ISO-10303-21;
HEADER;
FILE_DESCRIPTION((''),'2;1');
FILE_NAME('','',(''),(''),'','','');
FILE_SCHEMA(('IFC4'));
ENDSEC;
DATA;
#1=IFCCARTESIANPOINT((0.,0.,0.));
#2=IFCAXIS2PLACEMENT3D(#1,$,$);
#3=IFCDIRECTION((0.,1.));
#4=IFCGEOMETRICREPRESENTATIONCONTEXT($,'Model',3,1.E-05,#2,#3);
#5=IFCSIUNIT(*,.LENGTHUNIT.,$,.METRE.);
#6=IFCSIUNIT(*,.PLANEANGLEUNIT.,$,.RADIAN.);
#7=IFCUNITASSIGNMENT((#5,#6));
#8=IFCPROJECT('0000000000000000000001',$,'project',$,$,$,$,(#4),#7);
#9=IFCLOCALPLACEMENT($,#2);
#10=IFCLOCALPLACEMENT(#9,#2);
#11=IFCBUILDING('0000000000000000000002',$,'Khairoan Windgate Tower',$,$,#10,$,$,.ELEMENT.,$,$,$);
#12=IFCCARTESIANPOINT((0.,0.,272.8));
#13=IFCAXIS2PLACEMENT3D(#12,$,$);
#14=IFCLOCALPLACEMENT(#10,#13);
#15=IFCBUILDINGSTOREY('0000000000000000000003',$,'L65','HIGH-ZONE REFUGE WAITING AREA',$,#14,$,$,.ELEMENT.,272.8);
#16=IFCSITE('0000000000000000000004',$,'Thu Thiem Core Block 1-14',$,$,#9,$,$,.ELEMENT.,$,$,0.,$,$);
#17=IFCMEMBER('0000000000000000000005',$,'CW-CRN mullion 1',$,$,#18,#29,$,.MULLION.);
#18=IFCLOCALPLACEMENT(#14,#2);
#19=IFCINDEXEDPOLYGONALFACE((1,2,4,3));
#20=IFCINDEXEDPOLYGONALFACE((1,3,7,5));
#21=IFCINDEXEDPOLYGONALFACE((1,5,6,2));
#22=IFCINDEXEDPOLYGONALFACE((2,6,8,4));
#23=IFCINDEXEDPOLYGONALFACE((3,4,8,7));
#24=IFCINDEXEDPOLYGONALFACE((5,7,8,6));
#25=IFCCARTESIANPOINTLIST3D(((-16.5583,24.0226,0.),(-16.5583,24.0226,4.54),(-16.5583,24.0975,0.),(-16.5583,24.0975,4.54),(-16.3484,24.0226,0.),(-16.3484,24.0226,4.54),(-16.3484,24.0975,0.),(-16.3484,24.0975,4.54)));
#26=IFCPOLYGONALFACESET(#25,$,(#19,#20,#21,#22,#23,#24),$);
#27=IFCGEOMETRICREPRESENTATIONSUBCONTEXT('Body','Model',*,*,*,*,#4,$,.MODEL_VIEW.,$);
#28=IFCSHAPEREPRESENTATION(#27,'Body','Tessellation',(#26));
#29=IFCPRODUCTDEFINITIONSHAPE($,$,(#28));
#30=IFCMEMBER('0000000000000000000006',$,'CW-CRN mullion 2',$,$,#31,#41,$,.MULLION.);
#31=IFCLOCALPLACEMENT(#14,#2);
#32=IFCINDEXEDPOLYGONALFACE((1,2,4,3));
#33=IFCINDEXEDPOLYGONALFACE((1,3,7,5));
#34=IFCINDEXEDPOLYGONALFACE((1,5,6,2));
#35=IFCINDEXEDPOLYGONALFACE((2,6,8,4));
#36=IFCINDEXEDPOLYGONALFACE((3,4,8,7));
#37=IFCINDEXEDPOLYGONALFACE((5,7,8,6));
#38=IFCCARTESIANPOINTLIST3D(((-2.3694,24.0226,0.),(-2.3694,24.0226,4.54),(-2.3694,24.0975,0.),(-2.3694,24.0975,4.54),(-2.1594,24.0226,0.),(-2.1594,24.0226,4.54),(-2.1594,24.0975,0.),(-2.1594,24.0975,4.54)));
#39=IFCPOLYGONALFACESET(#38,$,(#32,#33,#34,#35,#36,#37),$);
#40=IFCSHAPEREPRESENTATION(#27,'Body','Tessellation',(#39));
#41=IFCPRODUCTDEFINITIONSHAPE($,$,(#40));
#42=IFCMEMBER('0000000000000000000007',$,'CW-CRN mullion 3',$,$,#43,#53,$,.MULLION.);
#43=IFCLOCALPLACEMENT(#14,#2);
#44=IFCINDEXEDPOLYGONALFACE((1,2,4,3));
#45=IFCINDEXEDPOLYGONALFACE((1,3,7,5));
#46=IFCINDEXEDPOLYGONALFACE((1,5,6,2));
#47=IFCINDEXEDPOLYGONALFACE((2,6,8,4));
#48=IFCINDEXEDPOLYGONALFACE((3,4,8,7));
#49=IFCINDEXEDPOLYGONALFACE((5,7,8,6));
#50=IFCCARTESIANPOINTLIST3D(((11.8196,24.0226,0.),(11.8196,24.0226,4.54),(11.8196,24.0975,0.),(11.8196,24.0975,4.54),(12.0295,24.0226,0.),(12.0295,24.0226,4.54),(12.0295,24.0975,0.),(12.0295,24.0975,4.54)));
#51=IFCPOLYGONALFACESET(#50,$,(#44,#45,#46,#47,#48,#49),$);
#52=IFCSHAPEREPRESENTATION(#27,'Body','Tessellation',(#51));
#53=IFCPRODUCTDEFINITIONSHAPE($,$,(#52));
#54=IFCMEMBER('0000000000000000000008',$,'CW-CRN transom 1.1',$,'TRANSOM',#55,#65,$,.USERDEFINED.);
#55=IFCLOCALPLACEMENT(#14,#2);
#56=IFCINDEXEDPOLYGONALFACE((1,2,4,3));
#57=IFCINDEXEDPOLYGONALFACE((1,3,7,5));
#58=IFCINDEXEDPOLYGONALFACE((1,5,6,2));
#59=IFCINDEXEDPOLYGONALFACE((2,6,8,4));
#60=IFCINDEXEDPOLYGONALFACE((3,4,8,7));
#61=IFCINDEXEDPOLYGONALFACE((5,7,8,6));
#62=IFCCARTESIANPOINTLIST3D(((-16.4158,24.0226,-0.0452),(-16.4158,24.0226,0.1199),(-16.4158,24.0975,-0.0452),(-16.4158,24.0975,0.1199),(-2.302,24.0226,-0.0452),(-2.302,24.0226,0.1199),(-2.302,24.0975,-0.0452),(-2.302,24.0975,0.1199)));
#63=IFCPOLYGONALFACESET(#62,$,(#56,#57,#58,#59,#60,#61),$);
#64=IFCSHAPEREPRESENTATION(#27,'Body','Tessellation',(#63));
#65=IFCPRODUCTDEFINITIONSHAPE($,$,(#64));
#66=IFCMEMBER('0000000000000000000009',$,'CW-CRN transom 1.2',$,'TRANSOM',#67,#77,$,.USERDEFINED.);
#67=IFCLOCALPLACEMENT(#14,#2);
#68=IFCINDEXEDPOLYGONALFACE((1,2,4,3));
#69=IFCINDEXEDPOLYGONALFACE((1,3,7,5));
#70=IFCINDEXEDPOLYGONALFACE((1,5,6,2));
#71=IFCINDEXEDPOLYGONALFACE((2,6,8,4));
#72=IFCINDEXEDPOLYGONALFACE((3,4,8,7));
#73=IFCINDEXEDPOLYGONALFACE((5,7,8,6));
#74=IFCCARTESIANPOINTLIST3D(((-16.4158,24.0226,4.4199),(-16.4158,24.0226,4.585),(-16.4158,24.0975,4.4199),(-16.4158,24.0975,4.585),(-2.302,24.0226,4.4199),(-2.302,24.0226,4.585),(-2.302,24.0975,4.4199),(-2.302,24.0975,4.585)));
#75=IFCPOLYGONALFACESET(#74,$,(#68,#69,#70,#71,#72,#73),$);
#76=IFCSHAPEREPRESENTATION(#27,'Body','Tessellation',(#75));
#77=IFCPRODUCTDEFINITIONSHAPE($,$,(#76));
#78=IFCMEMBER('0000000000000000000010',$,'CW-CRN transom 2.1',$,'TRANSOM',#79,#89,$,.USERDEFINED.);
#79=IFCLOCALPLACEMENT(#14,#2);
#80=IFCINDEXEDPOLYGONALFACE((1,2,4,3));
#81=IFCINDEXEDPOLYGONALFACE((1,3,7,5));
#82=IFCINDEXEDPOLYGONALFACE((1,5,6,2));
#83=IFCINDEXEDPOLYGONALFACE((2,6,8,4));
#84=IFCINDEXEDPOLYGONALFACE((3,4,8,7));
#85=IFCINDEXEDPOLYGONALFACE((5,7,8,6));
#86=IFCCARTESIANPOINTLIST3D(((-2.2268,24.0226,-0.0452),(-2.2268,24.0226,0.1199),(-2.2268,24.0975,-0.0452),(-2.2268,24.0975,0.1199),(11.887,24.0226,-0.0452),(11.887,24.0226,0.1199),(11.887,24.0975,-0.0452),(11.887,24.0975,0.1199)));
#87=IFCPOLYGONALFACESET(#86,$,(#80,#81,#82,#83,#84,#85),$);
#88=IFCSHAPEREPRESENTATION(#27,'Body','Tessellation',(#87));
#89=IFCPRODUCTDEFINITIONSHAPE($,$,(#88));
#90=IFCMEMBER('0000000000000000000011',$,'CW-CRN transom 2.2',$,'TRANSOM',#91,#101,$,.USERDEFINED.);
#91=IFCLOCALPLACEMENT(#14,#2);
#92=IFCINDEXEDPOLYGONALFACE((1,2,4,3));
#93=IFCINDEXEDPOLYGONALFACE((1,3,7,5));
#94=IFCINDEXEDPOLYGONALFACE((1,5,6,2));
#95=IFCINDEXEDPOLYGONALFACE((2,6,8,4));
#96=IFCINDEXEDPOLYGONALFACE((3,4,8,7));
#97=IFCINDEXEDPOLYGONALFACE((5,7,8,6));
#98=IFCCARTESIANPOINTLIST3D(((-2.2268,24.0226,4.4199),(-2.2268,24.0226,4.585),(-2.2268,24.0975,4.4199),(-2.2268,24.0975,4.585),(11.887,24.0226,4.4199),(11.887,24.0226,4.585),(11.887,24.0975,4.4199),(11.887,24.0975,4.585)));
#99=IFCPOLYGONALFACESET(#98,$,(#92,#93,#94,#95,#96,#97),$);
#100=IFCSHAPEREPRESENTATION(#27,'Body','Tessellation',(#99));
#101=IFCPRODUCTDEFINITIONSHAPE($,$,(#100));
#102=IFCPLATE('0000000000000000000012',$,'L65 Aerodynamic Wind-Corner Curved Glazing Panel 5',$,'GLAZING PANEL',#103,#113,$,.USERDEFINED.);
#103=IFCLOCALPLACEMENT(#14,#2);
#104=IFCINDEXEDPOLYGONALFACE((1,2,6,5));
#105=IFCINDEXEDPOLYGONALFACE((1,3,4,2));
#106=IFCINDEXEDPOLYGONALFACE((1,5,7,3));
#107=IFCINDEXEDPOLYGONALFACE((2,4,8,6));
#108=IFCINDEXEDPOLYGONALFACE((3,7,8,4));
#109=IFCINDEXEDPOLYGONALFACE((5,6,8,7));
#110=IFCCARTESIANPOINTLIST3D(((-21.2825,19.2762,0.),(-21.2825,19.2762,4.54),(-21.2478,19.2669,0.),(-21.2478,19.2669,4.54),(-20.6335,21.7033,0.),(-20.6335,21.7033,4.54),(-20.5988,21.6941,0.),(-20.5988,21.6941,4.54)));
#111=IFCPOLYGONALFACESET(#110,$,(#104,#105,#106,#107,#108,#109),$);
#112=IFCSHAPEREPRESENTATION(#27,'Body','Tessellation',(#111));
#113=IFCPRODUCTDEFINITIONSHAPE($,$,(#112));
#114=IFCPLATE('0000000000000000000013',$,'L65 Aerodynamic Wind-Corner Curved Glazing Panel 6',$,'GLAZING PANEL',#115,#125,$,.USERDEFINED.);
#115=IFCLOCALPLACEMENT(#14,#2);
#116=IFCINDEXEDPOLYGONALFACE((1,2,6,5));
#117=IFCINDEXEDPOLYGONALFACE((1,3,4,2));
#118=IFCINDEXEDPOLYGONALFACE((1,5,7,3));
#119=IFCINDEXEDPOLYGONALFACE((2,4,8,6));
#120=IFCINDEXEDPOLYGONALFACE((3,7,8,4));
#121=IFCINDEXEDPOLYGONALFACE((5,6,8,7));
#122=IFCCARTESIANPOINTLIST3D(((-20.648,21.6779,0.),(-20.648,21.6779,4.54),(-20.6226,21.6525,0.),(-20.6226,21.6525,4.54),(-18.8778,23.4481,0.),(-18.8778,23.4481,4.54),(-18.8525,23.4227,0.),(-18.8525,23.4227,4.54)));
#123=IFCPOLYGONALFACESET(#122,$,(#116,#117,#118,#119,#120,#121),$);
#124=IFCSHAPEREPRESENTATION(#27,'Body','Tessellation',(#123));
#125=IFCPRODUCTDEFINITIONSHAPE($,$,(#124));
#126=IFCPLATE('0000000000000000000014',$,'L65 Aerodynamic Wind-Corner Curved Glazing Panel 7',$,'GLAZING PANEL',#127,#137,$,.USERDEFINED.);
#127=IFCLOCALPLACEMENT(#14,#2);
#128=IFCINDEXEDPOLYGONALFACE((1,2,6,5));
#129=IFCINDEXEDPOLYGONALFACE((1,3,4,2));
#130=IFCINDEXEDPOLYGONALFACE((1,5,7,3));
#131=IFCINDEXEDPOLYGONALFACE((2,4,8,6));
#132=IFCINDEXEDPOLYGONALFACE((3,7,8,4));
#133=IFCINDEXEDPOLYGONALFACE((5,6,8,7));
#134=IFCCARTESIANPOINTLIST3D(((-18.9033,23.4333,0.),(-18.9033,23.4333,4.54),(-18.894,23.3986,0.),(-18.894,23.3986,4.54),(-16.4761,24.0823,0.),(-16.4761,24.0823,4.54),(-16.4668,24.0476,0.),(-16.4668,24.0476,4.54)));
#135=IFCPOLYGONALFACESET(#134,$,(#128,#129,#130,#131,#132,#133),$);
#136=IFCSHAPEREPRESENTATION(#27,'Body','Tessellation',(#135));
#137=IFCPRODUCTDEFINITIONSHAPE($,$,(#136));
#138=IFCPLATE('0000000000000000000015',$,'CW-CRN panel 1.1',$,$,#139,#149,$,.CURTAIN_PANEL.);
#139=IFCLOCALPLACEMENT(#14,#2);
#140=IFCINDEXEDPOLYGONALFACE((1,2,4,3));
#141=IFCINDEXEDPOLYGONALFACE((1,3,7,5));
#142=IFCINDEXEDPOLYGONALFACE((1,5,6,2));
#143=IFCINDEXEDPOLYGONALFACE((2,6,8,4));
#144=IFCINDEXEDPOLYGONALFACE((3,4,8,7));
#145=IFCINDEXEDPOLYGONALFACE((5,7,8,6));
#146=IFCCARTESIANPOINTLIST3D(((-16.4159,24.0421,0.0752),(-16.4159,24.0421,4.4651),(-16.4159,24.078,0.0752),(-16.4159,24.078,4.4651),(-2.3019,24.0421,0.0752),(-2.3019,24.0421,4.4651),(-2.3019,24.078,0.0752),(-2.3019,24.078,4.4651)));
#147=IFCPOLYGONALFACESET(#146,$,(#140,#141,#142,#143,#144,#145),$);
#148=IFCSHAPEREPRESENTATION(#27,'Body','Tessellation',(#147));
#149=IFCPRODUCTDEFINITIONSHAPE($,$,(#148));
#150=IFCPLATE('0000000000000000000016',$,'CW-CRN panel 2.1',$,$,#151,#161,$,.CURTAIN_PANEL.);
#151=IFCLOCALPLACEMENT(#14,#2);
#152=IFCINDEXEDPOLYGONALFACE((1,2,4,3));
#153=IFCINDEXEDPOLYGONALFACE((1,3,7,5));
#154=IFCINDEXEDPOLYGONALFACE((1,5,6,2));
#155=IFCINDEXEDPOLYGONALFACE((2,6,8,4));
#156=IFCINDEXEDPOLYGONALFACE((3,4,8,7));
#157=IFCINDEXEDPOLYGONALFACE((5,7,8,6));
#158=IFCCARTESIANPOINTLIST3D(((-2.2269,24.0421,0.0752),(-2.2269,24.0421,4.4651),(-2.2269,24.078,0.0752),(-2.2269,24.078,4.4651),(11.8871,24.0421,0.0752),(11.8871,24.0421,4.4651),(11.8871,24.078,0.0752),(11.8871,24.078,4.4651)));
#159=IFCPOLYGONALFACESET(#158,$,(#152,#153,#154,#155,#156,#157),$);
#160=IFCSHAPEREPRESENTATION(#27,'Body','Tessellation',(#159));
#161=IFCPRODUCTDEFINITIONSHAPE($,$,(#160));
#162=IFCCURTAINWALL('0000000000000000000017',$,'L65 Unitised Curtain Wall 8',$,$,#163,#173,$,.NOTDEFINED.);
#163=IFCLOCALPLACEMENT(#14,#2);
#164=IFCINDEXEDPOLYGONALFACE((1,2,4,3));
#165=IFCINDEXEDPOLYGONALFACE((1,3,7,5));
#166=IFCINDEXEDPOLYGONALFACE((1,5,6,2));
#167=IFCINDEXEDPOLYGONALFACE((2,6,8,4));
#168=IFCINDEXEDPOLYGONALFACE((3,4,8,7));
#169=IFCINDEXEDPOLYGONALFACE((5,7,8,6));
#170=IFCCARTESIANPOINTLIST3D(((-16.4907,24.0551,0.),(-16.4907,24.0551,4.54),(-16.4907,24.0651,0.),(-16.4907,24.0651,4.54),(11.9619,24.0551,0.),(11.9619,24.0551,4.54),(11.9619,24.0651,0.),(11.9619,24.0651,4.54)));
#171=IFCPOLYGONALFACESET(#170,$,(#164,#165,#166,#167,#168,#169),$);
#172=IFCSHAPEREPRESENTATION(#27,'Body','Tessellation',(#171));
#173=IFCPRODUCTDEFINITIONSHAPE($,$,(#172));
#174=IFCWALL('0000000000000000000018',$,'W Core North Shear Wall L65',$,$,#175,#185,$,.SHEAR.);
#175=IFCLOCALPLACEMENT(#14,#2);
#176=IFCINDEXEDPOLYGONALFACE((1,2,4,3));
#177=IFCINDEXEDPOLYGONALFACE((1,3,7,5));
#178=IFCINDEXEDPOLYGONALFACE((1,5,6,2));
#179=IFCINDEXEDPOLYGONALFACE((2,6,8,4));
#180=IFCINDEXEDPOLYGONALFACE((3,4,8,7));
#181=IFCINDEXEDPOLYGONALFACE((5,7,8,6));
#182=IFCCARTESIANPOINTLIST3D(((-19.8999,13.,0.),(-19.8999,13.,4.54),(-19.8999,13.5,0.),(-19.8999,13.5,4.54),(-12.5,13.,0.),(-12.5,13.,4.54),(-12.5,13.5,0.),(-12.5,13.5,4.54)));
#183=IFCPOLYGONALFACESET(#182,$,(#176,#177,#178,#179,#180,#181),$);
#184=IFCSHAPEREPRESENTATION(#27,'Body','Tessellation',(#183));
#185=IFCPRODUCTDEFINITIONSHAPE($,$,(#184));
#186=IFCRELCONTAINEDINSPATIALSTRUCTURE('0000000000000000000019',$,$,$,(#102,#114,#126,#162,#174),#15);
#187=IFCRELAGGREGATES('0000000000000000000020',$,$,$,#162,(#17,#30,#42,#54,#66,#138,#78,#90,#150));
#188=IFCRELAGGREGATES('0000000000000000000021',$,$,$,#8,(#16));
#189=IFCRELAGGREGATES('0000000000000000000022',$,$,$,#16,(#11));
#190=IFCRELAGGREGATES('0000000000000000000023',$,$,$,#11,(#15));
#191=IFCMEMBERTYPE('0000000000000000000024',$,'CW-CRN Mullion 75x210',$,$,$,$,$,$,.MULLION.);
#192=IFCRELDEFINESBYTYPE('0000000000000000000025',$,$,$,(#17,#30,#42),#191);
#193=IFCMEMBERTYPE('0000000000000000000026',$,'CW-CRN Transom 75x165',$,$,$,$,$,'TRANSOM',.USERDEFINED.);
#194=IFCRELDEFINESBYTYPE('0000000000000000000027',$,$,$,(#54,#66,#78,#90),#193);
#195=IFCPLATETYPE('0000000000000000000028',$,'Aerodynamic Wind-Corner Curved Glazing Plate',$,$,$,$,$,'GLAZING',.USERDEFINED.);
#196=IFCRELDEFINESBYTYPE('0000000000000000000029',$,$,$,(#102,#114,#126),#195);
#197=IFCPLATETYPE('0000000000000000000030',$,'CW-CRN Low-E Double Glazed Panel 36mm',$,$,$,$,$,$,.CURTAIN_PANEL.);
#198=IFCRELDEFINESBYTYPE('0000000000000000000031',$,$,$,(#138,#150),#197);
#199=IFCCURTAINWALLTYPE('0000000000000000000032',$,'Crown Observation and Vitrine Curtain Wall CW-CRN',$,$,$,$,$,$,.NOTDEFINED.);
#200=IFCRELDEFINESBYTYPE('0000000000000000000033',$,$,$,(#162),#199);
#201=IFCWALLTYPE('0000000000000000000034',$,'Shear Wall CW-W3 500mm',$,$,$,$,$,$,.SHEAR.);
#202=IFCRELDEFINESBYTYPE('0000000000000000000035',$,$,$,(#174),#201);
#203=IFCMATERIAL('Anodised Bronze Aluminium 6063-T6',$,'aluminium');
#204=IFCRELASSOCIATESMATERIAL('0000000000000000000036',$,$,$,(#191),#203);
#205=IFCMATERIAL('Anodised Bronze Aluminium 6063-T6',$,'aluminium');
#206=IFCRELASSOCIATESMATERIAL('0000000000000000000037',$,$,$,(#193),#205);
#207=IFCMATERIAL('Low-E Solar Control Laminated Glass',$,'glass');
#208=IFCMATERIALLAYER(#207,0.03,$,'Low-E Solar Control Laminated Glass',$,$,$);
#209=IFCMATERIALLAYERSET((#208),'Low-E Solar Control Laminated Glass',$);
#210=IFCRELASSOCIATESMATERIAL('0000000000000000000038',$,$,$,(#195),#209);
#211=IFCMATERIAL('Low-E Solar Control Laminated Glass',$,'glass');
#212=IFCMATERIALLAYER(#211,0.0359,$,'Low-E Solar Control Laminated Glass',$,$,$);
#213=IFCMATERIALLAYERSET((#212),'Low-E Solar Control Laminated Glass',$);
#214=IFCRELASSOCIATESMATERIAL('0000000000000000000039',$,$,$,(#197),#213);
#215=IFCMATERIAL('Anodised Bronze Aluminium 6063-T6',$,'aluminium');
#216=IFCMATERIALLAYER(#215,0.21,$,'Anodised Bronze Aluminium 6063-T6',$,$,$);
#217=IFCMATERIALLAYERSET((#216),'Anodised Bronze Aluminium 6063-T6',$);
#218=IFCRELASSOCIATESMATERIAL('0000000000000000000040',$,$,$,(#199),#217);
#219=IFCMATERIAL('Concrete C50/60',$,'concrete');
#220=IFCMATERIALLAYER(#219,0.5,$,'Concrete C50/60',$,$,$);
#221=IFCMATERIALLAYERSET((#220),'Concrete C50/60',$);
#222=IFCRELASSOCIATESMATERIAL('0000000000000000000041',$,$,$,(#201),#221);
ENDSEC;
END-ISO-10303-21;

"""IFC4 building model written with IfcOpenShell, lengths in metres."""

from ifc_helpers import new_model, si_unit, direction, frame, frame_2d, origin, origin_2d, place, context, subcontext, project, spatial, rectangle, extrude, material, layer, layer_set, material_profile, profile_set, type_object, element, aggregate, save


model = new_model("IFC4")

# Units and contexts
model_context = context("Model", 3, precision=1e-05, world=origin(), true_north=direction((0.0, 1.0)))
body_context = subcontext(model_context, "Body", "Model", "MODEL_VIEW")
ifc_project = project(units=[si_unit("LENGTHUNIT", "METRE"), si_unit("PLANEANGLEUNIT", "RADIAN")], contexts=[model_context])

# Site, building, storey
site_placement = place(None, origin())
site = spatial("IfcSite", under=ifc_project, at=site_placement, Name="Thu Thiem Core Block 1-14", CompositionType="ELEMENT", RefElevation=0.0)
building_placement = place(site_placement, origin())
building = spatial("IfcBuilding", under=site, at=building_placement, Name="Khairoan Windgate Tower", CompositionType="ELEMENT")
storey_placement = place(building_placement, frame((0.0, 0.0, 272.8)))
storey = spatial("IfcBuildingStorey", under=building, at=storey_placement, Name="L65", Description="HIGH-ZONE REFUGE WAITING AREA", CompositionType="ELEMENT", Elevation=272.8)

# Members
ifc_material_1 = material(Name="Anodised Bronze Aluminium 6063-T6", Category="aluminium")
ifc_material_profile_1 = material_profile(ifc_material_1, rectangle(XDim=0.075, YDim=0.21, at=origin_2d()))
ifc_profile_set_1 = profile_set([ifc_material_profile_1], Name="Anodised Bronze Aluminium 6063-T6")
member_type_1 = type_object("IfcMemberType", Name="CW-CRN Mullion 75x210", PredefinedType="MULLION", material=ifc_profile_set_1)
member_1_placement = place(storey_placement, frame((-16.4534, 24.0601, 0.0), z_axis=(0.0, 0.0, 1.0), x_axis=(0.0, 1.0, 0.0)))
member_1 = element("IfcMember", 1, at=member_1_placement, type_object=member_type_1, Name="CW-CRN mullion 1", PredefinedType="MULLION", context=body_context, shape_type="SweptSolid", body=[
    extrude(rectangle(XDim=0.075, YDim=0.21, at=origin_2d()), origin(), (0.0, 0.0, 1.0), 4.54),
])
member_2_placement = place(storey_placement, frame((-2.2644, 24.0601, 0.0), z_axis=(0.0, 0.0, 1.0), x_axis=(0.0, 1.0, 0.0)))
member_2 = element("IfcMember", 2, at=member_2_placement, type_object=member_type_1, Name="CW-CRN mullion 2", PredefinedType="MULLION", context=body_context, shape_type="SweptSolid", body=[
    extrude(rectangle(XDim=0.075, YDim=0.21, at=origin_2d()), origin(), (0.0, 0.0, 1.0), 4.54),
])
member_3_placement = place(storey_placement, frame((11.9246, 24.0601, 0.0), z_axis=(0.0, 0.0, 1.0), x_axis=(0.0, 1.0, 0.0)))
member_3 = element("IfcMember", 3, at=member_3_placement, type_object=member_type_1, Name="CW-CRN mullion 3", PredefinedType="MULLION", context=body_context, shape_type="SweptSolid", body=[
    extrude(rectangle(XDim=0.075, YDim=0.21, at=origin_2d()), origin(), (0.0, 0.0, 1.0), 4.54),
])
ifc_material_2 = material(Name="Anodised Bronze Aluminium 6063-T6", Category="aluminium")
ifc_material_profile_2 = material_profile(ifc_material_2, rectangle(XDim=0.075, YDim=0.165, at=origin_2d()))
ifc_profile_set_2 = profile_set([ifc_material_profile_2], Name="Anodised Bronze Aluminium 6063-T6")
member_type_2 = type_object("IfcMemberType", Name="CW-CRN Transom 75x165", ElementType="TRANSOM", PredefinedType="USERDEFINED", material=ifc_profile_set_2)
member_4_placement = place(storey_placement, frame((-16.4158, 24.0601, 0.0374), z_axis=(1.0, 0.0, 0.0), x_axis=(0.0, 1.0, 0.0)))
member_4 = element("IfcMember", 4, at=member_4_placement, type_object=member_type_2, Name="CW-CRN transom 1.1", ObjectType="TRANSOM", PredefinedType="USERDEFINED", context=body_context, shape_type="SweptSolid", body=[
    extrude(rectangle(XDim=0.075, YDim=0.165, at=origin_2d()), origin(), (0.0, 0.0, 1.0), 14.1138),
])
member_5_placement = place(storey_placement, frame((-16.4158, 24.0601, 4.5024), z_axis=(1.0, 0.0, 0.0), x_axis=(0.0, 1.0, 0.0)))
member_5 = element("IfcMember", 5, at=member_5_placement, type_object=member_type_2, Name="CW-CRN transom 1.2", ObjectType="TRANSOM", PredefinedType="USERDEFINED", context=body_context, shape_type="SweptSolid", body=[
    extrude(rectangle(XDim=0.075, YDim=0.165, at=origin_2d()), origin(), (0.0, 0.0, 1.0), 14.1138),
])
member_6_placement = place(storey_placement, frame((-2.2268, 24.0601, 0.0374), z_axis=(1.0, 0.0, 0.0), x_axis=(0.0, 1.0, 0.0)))
member_6 = element("IfcMember", 6, at=member_6_placement, type_object=member_type_2, Name="CW-CRN transom 2.1", ObjectType="TRANSOM", PredefinedType="USERDEFINED", context=body_context, shape_type="SweptSolid", body=[
    extrude(rectangle(XDim=0.075, YDim=0.165, at=origin_2d()), origin(), (0.0, 0.0, 1.0), 14.1138),
])
member_7_placement = place(storey_placement, frame((-2.2268, 24.0601, 4.5024), z_axis=(1.0, 0.0, 0.0), x_axis=(0.0, 1.0, 0.0)))
member_7 = element("IfcMember", 7, at=member_7_placement, type_object=member_type_2, Name="CW-CRN transom 2.2", ObjectType="TRANSOM", PredefinedType="USERDEFINED", context=body_context, shape_type="SweptSolid", body=[
    extrude(rectangle(XDim=0.075, YDim=0.165, at=origin_2d()), origin(), (0.0, 0.0, 1.0), 14.1138),
])

# Plates
ifc_material_3 = material(Name="Low-E Solar Control Laminated Glass", Category="glass")
ifc_layer_1 = layer(ifc_material_3, 0.03, Name="Low-E Solar Control Laminated Glass")
ifc_layer_set_1 = layer_set([ifc_layer_1], Name="Low-E Solar Control Laminated Glass")
plate_type_1 = type_object("IfcPlateType", Name="Aerodynamic Wind-Corner Curved Glazing Plate", ElementType="GLAZING", PredefinedType="USERDEFINED", material=ifc_layer_set_1)
plate_1_placement = place(storey_placement, frame((-20.9407, 20.4851, 0.0), z_axis=(0.0, 0.0, 1.0), x_axis=(0.258313, 0.966061, 0.0)))
element("IfcPlate", 8, at=plate_1_placement, inside=storey, type_object=plate_type_1, Name="L65 Aerodynamic Wind-Corner Curved Glazing Panel 5", ObjectType="GLAZING PANEL", PredefinedType="USERDEFINED", context=body_context, shape_type="SweptSolid", body=[
    extrude(rectangle(XDim=2.5125, YDim=0.0359, at=origin_2d()), origin(), (0.0, 0.0, 1.0), 4.54),
])
plate_2_placement = place(storey_placement, frame((-19.7502, 22.5503, 0.0), z_axis=(0.0, 0.0, 1.0), x_axis=(0.707107, 0.707107, 0.0)))
element("IfcPlate", 9, at=plate_2_placement, inside=storey, type_object=plate_type_1, Name="L65 Aerodynamic Wind-Corner Curved Glazing Panel 6", ObjectType="GLAZING PANEL", PredefinedType="USERDEFINED", context=body_context, shape_type="SweptSolid", body=[
    extrude(rectangle(XDim=2.5034, YDim=0.0359, at=origin_2d()), origin(), (0.0, 0.0, 1.0), 4.54),
])
plate_3_placement = place(storey_placement, frame((-17.6851, 23.7405, 0.0), z_axis=(0.0, 0.0, 1.0), x_axis=(0.966061, 0.258313, 0.0)))
element("IfcPlate", 10, at=plate_3_placement, inside=storey, type_object=plate_type_1, Name="L65 Aerodynamic Wind-Corner Curved Glazing Panel 7", ObjectType="GLAZING PANEL", PredefinedType="USERDEFINED", context=body_context, shape_type="SweptSolid", body=[
    extrude(rectangle(XDim=2.5125, YDim=0.0359, at=origin_2d()), origin(), (0.0, 0.0, 1.0), 4.54),
])

# Plates
ifc_material_4 = material(Name="Low-E Solar Control Laminated Glass", Category="glass")
ifc_layer_2 = layer(ifc_material_4, 0.0359, Name="Low-E Solar Control Laminated Glass")
ifc_layer_set_2 = layer_set([ifc_layer_2], Name="Low-E Solar Control Laminated Glass")
plate_type_2 = type_object("IfcPlateType", Name="CW-CRN Low-E Double Glazed Panel 36mm", PredefinedType="CURTAIN_PANEL", material=ifc_layer_set_2)
plate_4_placement = place(storey_placement, frame((-9.3589, 24.0601, 0.0752), z_axis=(0.0, 0.0, 1.0), x_axis=(1.0, 0.0, 0.0)))
plate_4 = element("IfcPlate", 11, at=plate_4_placement, type_object=plate_type_2, Name="CW-CRN panel 1.1", PredefinedType="CURTAIN_PANEL", context=body_context, shape_type="SweptSolid", body=[
    extrude(rectangle(XDim=14.114, YDim=0.0359, at=origin_2d()), origin(), (0.0, 0.0, 1.0), 4.3899),
])
plate_5_placement = place(storey_placement, frame((4.8301, 24.0601, 0.0752), z_axis=(0.0, 0.0, 1.0), x_axis=(1.0, 0.0, 0.0)))
plate_5 = element("IfcPlate", 12, at=plate_5_placement, type_object=plate_type_2, Name="CW-CRN panel 2.1", PredefinedType="CURTAIN_PANEL", context=body_context, shape_type="SweptSolid", body=[
    extrude(rectangle(XDim=14.114, YDim=0.0359, at=origin_2d()), origin(), (0.0, 0.0, 1.0), 4.3899),
])

# Curtain wall
ifc_material_5 = material(Name="Anodised Bronze Aluminium 6063-T6", Category="aluminium")
ifc_layer_3 = layer(ifc_material_5, 0.21, Name="Anodised Bronze Aluminium 6063-T6")
ifc_layer_set_3 = layer_set([ifc_layer_3], Name="Anodised Bronze Aluminium 6063-T6")
curtain_wall_type = type_object("IfcCurtainWallType", Name="Crown Observation and Vitrine Curtain Wall CW-CRN", PredefinedType="NOTDEFINED", material=ifc_layer_set_3)
curtain_wall_placement = place(storey_placement, frame((-16.4907, 24.0601, 0.0), z_axis=(0.0, 0.0, 1.0), x_axis=(1.0, 0.0, 0.0)))
curtain_wall = element("IfcCurtainWall", 13, at=curtain_wall_placement, inside=storey, type_object=curtain_wall_type, Name="L65 Unitised Curtain Wall 8", PredefinedType="NOTDEFINED", context=body_context, shape_type="SweptSolid", body=[
    extrude(rectangle(XDim=28.4526, YDim=0.01, at=frame_2d((14.2263, 0.0))), origin(), (0.0, 0.0, 1.0), 4.54),
])
aggregate(curtain_wall, [member_1, member_2, member_3, member_4, member_5, plate_4, member_6, member_7, plate_5])

# Wall
ifc_material_6 = material(Name="Concrete C50/60", Category="concrete")
ifc_layer_4 = layer(ifc_material_6, 0.5, Name="Concrete C50/60")
ifc_layer_set_4 = layer_set([ifc_layer_4], Name="Concrete C50/60")
wall_type_1 = type_object("IfcWallType", Name="Shear Wall CW-W3 500mm", PredefinedType="SHEAR", material=ifc_layer_set_4)
wall_1_placement = place(storey_placement, frame((-19.8999, 13.25, 0.0), z_axis=(0.0, 0.0, 1.0), x_axis=(1.0, 0.0, 0.0)))
element("IfcWall", 14, at=wall_1_placement, inside=storey, type_object=wall_type_1, Name="W Core North Shear Wall L65", PredefinedType="SHEAR", context=body_context, shape_type="SweptSolid", body=[
    extrude(rectangle(XDim=7.3999, YDim=0.5, at=frame_2d((3.7, 0.0))), origin(), (0.0, 0.0, 1.0), 4.54),
])

save(model, "model.ifc")
